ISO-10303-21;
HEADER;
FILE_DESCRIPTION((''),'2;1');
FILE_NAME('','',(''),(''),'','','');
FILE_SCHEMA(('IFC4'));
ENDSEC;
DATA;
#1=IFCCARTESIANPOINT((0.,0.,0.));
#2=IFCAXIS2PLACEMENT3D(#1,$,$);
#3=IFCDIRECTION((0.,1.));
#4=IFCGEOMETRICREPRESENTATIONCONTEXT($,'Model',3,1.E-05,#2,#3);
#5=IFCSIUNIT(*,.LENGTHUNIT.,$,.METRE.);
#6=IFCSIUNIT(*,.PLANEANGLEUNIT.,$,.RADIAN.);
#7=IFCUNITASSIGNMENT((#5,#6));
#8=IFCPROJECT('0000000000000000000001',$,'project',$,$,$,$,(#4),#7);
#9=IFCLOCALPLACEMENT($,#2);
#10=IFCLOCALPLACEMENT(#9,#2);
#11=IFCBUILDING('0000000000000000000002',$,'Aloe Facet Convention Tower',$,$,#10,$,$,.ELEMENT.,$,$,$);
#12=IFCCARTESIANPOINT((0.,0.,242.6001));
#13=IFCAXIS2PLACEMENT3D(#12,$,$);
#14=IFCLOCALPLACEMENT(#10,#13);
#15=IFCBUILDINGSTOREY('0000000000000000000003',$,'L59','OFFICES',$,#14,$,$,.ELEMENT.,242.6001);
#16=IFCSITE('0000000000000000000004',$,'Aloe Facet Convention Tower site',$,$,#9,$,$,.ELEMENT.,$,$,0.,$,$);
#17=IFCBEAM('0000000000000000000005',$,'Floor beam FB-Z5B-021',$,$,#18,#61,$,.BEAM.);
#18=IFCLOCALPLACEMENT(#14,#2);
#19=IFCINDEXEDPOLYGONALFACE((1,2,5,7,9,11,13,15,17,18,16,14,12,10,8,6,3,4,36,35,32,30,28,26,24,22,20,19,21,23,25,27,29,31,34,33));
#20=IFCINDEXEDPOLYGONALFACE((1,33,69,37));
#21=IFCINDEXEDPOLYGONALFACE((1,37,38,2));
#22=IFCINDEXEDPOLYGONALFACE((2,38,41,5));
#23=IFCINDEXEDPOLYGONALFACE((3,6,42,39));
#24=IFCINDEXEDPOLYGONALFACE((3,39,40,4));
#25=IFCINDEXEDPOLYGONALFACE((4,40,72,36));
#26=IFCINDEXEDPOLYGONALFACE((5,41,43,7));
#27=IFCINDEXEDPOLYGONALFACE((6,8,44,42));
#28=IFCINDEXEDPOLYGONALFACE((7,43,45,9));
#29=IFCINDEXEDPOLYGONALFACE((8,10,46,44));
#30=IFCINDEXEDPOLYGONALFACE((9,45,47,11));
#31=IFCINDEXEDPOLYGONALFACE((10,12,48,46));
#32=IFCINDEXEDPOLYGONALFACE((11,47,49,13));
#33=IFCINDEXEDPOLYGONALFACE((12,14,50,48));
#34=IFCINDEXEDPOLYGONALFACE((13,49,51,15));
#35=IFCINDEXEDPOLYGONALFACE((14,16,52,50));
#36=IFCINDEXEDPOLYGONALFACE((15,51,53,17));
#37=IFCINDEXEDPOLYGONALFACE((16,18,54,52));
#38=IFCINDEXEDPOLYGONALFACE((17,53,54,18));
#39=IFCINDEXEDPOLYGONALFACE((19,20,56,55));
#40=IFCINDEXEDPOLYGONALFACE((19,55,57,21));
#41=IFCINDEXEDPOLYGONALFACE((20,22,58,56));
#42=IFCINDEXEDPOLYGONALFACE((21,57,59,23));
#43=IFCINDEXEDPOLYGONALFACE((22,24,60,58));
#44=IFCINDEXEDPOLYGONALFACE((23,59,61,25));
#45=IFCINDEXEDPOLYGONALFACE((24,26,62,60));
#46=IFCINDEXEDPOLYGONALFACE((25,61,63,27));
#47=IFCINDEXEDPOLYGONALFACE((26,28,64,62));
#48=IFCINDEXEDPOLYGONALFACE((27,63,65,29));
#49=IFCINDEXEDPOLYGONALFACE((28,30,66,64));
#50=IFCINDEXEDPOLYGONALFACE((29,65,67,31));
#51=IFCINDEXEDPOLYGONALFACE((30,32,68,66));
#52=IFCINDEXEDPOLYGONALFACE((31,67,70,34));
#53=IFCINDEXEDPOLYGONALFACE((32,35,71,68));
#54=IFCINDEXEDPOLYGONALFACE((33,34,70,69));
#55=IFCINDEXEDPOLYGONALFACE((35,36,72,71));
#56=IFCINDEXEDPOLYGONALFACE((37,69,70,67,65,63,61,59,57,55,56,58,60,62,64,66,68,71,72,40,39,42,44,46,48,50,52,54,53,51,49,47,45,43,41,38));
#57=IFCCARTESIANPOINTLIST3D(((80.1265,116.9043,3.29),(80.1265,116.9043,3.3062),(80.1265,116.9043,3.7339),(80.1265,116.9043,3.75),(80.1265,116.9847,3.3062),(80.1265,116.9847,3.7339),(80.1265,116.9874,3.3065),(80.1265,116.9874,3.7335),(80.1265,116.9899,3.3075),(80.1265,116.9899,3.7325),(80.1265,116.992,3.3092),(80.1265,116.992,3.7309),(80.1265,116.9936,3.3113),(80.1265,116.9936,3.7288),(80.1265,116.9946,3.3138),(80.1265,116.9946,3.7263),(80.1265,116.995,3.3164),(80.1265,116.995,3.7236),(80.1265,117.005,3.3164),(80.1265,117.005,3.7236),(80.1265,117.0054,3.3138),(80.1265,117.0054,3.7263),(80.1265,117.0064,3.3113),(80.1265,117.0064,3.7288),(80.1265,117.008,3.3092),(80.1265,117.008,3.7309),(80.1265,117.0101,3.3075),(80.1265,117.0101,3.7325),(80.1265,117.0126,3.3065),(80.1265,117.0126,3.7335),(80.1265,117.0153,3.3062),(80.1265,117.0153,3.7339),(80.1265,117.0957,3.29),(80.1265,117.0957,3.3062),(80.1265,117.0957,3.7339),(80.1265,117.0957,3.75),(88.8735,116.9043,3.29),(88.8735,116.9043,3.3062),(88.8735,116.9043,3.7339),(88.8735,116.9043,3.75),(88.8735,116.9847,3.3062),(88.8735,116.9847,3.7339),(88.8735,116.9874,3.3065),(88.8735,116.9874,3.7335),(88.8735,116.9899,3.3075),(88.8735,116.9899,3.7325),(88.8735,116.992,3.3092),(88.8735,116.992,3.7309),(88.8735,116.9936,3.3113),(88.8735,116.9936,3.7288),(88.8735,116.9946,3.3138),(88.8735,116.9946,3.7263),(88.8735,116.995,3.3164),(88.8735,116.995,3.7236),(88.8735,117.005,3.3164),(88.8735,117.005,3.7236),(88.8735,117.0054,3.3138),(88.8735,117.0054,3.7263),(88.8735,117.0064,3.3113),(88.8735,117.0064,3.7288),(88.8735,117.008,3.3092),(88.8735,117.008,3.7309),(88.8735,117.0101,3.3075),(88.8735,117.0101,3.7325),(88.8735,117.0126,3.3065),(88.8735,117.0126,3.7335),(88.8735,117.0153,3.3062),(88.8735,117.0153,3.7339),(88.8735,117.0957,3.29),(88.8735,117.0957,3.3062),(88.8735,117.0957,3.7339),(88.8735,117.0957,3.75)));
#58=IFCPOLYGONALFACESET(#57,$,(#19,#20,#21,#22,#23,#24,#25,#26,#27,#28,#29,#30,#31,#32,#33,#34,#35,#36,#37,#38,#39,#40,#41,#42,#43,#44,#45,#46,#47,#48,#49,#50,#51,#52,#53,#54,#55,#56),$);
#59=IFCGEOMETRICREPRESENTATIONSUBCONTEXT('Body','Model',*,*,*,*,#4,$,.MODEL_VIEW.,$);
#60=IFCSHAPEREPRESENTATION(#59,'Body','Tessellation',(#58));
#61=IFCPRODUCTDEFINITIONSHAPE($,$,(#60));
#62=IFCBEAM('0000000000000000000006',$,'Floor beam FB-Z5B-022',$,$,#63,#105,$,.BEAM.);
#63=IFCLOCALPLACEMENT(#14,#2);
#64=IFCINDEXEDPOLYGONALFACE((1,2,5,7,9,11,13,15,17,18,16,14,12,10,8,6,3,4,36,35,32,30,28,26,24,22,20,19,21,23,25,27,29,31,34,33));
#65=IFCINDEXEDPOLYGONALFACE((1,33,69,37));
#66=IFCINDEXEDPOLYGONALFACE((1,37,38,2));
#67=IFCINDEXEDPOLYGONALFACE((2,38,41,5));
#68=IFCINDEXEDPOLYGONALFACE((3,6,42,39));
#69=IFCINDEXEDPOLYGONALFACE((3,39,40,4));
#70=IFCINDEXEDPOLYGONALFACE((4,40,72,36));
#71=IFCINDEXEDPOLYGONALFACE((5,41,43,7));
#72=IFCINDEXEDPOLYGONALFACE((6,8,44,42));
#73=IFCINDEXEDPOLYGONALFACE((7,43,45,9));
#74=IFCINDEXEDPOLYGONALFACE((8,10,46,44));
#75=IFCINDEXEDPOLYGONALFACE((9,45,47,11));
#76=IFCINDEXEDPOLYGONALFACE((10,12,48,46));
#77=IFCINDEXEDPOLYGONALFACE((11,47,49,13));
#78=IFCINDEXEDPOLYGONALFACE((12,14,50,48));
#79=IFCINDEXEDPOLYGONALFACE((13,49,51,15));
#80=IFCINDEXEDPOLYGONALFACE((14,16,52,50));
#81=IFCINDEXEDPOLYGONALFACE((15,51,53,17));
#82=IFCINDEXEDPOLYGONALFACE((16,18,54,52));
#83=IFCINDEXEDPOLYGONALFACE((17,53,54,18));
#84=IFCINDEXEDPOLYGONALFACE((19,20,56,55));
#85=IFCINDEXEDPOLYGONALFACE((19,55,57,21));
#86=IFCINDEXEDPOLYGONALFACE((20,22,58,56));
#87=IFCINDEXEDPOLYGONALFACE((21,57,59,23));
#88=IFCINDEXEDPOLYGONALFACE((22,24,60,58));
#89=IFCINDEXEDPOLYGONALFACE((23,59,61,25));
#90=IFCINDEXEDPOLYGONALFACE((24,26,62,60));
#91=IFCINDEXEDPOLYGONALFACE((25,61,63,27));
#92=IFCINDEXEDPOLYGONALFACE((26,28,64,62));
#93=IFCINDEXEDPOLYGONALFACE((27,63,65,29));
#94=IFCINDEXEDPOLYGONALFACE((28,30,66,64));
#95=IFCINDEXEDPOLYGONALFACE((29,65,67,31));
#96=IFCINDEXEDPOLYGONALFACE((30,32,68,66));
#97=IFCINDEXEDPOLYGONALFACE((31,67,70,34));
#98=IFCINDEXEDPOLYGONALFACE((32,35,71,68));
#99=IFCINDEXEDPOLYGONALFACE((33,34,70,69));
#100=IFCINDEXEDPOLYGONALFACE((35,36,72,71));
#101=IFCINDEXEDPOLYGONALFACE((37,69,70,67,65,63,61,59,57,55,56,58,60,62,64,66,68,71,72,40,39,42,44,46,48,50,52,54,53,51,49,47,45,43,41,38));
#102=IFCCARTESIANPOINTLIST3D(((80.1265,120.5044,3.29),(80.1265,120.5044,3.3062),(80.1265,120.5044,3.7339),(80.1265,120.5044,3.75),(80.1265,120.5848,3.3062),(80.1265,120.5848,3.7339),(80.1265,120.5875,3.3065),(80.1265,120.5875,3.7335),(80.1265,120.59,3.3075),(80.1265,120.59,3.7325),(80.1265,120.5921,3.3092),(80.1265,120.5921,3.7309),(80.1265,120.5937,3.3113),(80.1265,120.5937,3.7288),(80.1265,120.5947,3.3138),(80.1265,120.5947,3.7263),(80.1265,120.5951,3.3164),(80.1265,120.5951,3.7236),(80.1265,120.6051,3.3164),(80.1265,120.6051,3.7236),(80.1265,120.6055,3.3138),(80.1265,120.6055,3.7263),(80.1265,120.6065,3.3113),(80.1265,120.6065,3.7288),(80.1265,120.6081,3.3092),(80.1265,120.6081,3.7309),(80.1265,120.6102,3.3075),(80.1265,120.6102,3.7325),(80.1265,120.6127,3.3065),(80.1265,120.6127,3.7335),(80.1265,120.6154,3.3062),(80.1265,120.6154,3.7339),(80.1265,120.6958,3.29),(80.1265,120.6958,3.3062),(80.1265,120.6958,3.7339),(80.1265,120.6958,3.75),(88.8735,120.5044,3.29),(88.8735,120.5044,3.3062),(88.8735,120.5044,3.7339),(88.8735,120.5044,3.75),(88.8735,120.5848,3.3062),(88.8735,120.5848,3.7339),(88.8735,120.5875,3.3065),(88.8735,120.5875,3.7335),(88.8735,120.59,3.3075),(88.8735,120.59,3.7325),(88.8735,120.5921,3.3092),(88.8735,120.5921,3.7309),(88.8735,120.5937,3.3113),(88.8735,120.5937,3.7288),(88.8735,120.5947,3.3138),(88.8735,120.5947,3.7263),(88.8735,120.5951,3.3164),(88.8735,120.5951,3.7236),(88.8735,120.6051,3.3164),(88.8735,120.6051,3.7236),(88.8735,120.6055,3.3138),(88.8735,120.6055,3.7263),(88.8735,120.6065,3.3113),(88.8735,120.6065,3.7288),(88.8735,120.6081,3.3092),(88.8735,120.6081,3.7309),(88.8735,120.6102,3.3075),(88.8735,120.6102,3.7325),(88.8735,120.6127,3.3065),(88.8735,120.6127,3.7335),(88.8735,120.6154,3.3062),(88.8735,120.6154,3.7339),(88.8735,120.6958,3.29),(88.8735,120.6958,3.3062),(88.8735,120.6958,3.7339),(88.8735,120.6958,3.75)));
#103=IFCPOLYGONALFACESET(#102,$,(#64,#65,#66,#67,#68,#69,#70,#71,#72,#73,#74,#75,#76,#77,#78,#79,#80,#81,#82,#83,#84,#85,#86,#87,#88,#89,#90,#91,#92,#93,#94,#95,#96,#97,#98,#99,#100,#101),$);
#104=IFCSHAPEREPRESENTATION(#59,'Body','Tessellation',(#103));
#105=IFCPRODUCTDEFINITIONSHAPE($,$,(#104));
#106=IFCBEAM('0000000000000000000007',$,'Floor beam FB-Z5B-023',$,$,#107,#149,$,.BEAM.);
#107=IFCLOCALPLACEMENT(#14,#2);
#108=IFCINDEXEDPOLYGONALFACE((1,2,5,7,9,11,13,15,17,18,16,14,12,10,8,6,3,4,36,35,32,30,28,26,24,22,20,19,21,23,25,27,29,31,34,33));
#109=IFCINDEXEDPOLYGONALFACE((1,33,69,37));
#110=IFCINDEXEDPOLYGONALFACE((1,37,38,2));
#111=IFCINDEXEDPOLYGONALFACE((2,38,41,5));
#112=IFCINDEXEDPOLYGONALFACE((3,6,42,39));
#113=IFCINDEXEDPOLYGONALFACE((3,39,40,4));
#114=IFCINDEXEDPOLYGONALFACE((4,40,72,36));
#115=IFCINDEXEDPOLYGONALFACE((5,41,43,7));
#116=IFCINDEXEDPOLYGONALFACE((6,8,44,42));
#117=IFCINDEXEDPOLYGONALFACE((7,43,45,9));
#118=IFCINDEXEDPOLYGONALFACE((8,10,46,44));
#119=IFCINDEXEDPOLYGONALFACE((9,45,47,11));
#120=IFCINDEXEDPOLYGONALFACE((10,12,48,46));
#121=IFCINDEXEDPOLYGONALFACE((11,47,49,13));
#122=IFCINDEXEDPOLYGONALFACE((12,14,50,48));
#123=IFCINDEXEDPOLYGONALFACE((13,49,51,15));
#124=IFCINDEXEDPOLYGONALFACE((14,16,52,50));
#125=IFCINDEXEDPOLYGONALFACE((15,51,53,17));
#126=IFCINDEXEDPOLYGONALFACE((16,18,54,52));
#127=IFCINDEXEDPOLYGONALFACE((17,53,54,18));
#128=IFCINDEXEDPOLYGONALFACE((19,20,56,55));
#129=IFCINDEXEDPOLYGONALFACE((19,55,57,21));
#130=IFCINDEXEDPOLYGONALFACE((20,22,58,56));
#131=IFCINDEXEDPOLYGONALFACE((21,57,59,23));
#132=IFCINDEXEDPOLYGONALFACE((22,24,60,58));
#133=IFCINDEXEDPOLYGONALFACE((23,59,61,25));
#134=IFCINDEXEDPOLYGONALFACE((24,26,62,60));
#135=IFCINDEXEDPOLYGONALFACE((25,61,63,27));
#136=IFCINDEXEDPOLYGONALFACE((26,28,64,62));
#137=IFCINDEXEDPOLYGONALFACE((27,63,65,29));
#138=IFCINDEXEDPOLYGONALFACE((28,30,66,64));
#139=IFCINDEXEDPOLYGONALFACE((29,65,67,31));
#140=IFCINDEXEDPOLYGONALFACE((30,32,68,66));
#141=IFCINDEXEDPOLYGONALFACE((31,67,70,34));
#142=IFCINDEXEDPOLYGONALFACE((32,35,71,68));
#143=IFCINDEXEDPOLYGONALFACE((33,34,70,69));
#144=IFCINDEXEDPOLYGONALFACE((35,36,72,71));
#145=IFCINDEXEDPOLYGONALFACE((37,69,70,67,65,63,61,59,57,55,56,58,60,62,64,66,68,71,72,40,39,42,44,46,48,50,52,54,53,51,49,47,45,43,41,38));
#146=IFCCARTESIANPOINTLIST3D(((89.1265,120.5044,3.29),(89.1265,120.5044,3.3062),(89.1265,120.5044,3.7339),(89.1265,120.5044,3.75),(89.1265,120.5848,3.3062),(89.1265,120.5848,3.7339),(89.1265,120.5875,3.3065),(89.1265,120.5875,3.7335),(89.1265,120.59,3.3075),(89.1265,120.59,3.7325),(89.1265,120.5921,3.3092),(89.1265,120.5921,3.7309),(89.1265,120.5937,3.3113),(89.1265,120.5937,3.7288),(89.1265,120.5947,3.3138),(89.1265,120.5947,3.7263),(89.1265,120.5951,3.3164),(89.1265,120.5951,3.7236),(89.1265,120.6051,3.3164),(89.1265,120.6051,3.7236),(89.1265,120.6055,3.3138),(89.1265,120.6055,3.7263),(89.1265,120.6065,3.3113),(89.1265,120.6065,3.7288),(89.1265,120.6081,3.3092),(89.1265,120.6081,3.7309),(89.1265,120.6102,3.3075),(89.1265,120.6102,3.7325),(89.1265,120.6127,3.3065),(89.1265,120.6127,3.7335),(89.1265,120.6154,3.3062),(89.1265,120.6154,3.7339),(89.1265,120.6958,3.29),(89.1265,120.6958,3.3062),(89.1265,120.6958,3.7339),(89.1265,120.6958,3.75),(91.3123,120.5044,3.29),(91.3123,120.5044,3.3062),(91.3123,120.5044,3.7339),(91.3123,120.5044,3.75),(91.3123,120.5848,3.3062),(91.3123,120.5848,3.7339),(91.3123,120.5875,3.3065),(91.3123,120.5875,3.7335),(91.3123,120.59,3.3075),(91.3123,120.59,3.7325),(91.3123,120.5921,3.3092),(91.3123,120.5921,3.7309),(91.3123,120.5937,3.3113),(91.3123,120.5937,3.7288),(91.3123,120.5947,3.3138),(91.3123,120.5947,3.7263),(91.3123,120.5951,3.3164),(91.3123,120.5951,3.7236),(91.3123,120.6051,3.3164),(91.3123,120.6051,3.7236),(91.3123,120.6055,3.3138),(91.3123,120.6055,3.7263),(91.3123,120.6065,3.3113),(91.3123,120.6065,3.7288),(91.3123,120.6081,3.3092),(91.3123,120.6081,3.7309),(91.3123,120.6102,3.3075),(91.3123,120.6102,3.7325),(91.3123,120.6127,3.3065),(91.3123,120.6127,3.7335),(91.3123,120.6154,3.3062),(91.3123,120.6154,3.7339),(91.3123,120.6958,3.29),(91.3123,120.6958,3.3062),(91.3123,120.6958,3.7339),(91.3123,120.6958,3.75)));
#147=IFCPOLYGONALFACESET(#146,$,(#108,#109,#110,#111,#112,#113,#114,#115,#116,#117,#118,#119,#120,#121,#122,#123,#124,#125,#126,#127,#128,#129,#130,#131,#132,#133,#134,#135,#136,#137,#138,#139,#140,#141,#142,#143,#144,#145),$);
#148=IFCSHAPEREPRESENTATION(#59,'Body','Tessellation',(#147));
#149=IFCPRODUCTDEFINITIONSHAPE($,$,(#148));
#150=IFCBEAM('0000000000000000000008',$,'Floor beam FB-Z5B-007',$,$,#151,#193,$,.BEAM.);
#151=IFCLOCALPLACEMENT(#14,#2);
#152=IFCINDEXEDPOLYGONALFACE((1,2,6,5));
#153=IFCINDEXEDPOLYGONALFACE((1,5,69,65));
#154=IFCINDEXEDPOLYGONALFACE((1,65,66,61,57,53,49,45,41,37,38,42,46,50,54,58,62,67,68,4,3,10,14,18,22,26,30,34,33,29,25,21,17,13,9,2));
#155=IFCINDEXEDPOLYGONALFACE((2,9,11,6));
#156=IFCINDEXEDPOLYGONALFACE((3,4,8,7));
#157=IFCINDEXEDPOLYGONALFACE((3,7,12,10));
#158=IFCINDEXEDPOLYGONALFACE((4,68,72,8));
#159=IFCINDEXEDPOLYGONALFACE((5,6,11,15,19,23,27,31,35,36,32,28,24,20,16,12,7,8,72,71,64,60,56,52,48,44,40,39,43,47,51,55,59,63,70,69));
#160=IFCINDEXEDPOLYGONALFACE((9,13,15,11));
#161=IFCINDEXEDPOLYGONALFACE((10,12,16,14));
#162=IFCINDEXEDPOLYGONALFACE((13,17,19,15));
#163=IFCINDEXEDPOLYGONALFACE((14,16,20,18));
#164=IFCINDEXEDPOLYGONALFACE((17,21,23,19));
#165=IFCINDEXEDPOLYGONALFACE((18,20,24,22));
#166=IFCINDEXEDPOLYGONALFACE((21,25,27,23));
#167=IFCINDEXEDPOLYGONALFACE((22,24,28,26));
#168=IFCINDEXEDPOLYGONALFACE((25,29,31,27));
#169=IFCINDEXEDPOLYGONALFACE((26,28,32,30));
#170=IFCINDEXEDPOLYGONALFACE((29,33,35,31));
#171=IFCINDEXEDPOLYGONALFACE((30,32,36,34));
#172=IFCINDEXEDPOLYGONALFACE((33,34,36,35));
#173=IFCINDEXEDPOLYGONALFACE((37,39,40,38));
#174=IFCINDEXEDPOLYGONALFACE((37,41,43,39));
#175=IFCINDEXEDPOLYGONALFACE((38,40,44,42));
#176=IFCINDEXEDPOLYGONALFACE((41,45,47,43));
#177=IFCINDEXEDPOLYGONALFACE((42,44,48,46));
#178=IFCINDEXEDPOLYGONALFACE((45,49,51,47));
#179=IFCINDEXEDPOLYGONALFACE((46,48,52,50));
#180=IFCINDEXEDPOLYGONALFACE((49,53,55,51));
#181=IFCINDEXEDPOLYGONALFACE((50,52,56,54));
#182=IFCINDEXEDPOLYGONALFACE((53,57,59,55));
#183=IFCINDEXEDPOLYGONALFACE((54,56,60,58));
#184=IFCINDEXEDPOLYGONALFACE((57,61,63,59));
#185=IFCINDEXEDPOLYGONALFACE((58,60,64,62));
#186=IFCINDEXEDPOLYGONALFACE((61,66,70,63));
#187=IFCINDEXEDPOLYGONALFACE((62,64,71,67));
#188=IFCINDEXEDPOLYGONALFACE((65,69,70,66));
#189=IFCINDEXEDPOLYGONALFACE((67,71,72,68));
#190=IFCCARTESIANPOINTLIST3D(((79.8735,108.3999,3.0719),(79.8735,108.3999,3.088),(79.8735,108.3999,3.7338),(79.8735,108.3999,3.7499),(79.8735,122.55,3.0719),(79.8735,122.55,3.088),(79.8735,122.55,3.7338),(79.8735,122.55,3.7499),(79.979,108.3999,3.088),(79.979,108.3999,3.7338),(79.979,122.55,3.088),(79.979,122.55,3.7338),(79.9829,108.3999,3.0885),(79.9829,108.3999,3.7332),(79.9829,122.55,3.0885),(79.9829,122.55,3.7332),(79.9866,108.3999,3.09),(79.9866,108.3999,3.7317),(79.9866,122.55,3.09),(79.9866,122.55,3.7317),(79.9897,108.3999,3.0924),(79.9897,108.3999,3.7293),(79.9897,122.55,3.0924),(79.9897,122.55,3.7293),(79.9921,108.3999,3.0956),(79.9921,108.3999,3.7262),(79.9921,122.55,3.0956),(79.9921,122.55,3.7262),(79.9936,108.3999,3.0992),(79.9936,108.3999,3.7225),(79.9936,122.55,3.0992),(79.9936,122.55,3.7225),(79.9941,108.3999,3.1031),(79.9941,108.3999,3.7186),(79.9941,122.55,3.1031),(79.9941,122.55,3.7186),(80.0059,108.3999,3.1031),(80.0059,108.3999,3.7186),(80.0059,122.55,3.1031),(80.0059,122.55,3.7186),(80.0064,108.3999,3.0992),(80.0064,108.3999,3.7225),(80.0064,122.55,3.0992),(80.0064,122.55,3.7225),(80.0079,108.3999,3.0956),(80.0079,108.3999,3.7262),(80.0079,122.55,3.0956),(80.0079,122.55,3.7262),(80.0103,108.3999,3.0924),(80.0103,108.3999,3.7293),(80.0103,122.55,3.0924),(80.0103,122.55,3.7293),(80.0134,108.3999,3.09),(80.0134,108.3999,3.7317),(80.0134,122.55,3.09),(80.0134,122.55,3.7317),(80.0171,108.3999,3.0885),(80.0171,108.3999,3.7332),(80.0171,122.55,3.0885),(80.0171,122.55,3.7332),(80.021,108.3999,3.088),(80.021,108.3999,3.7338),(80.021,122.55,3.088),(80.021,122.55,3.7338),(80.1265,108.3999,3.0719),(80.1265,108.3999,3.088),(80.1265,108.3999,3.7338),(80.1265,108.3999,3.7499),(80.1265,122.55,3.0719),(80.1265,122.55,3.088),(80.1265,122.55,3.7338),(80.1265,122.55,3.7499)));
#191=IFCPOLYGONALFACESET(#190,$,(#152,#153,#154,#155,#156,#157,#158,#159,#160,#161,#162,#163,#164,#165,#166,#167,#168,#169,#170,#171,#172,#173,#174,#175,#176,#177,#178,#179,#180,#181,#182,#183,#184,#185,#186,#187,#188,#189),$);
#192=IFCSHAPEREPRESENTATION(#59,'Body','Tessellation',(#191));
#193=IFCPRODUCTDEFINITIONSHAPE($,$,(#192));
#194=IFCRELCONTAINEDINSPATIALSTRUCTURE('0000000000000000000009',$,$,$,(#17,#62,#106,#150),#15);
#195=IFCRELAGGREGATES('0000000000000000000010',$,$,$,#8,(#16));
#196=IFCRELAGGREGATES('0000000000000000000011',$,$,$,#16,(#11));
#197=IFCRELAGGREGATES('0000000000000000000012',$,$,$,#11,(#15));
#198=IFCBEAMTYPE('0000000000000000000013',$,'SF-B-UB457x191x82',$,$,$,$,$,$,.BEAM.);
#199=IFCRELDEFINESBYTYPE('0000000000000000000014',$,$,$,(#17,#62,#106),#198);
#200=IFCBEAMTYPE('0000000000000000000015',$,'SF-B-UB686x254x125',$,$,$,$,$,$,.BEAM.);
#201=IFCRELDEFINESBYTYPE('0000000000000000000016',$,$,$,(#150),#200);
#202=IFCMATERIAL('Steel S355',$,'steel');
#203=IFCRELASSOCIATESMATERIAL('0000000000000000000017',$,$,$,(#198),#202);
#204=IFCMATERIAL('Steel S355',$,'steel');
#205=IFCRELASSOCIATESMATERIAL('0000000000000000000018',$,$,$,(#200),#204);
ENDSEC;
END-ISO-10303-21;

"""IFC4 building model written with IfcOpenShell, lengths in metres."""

from ifc_helpers import new_model, si_unit, direction, frame, origin, origin_2d, place, context, subcontext, project, spatial, i_section, extrude, material, material_profile, profile_set, type_object, element, save


model = new_model("IFC4")

# Units and contexts
model_context = context("Model", 3, precision=1e-05, world=origin(), true_north=direction((0.0, 1.0)))
body_context = subcontext(model_context, "Body", "Model", "MODEL_VIEW")
ifc_project = project(units=[si_unit("LENGTHUNIT", "METRE"), si_unit("PLANEANGLEUNIT", "RADIAN")], contexts=[model_context])

# Site, building, storey
site_placement = place(None, origin())
site = spatial("IfcSite", under=ifc_project, at=site_placement, Name="Aloe Facet Convention Tower site", CompositionType="ELEMENT", RefElevation=0.0)
building_placement = place(site_placement, origin())
building = spatial("IfcBuilding", under=site, at=building_placement, Name="Aloe Facet Convention Tower", CompositionType="ELEMENT")
storey_placement = place(building_placement, frame((0.0, 0.0, 242.6001)))
storey = spatial("IfcBuildingStorey", under=building, at=storey_placement, Name="L59", Description="OFFICES", CompositionType="ELEMENT", Elevation=242.6001)

# Beams
ifc_material_1 = material(Name="Steel S355", Category="steel")
ifc_material_profile_1 = material_profile(ifc_material_1, i_section(OverallWidth=0.1914, OverallDepth=0.46, WebThickness=0.01, FlangeThickness=0.0161, FilletRadius=0.0103, at=origin_2d()), Name="UB 457x191x82")
ifc_profile_set_1 = profile_set([ifc_material_profile_1], Name="Steel S355")
beam_type_1 = type_object("IfcBeamType", Name="SF-B-UB457x191x82", PredefinedType="BEAM", material=ifc_profile_set_1)
for number, where, z_axis, x_axis, name in (
    (1, (80.1265, 117.0, 3.52), (1.0, 0.0, 0.0), (0.0, 1.0, 0.0), "Floor beam FB-Z5B-021"),
    (2, (80.1265, 120.6001, 3.52), (1.0, 0.0, 0.0), (0.0, 1.0, 0.0), "Floor beam FB-Z5B-022"),
):
    element("IfcBeam", number, at=place(storey_placement, frame(where, z_axis=z_axis, x_axis=x_axis)), inside=storey, type_object=beam_type_1, Name=name, PredefinedType="BEAM", context=body_context, shape_type="SweptSolid", body=[
        extrude(i_section(OverallWidth=0.1914, OverallDepth=0.46, WebThickness=0.01, FlangeThickness=0.0161, FilletRadius=0.0103, at=origin_2d()), origin(), (0.0, 0.0, 1.0), 8.7471),
    ])
beam_1_placement = place(storey_placement, frame((89.1265, 120.6001, 3.52), z_axis=(1.0, 0.0, 0.0), x_axis=(0.0, 1.0, 0.0)))
element("IfcBeam", 3, at=beam_1_placement, inside=storey, type_object=beam_type_1, Name="Floor beam FB-Z5B-023", PredefinedType="BEAM", context=body_context, shape_type="SweptSolid", body=[
    extrude(i_section(OverallWidth=0.1914, OverallDepth=0.46, WebThickness=0.01, FlangeThickness=0.0161, FilletRadius=0.0103, at=origin_2d()), origin(), (0.0, 0.0, 1.0), 2.1858),
])
ifc_material_2 = material(Name="Steel S355", Category="steel")
ifc_material_profile_2 = material_profile(ifc_material_2, i_section(OverallWidth=0.2529, OverallDepth=0.678, WebThickness=0.0117, FlangeThickness=0.0161, FilletRadius=0.0151, at=origin_2d()), Name="UB 686x254x125")
ifc_profile_set_2 = profile_set([ifc_material_profile_2], Name="Steel S355")
beam_type_2 = type_object("IfcBeamType", Name="SF-B-UB686x254x125", PredefinedType="BEAM", material=ifc_profile_set_2)
beam_2_placement = place(storey_placement, frame((80.0, 122.55, 3.4109), z_axis=(0.0, -1.0, 0.0), x_axis=(1.0, 0.0, 0.0)))
element("IfcBeam", 4, at=beam_2_placement, inside=storey, type_object=beam_type_2, Name="Floor beam FB-Z5B-007", PredefinedType="BEAM", context=body_context, shape_type="SweptSolid", body=[
    extrude(i_section(OverallWidth=0.2529, OverallDepth=0.678, WebThickness=0.0117, FlangeThickness=0.0161, FilletRadius=0.0151, at=origin_2d()), origin(), (0.0, 0.0, 1.0), 14.1501),
])

save(model, "model.ifc")
